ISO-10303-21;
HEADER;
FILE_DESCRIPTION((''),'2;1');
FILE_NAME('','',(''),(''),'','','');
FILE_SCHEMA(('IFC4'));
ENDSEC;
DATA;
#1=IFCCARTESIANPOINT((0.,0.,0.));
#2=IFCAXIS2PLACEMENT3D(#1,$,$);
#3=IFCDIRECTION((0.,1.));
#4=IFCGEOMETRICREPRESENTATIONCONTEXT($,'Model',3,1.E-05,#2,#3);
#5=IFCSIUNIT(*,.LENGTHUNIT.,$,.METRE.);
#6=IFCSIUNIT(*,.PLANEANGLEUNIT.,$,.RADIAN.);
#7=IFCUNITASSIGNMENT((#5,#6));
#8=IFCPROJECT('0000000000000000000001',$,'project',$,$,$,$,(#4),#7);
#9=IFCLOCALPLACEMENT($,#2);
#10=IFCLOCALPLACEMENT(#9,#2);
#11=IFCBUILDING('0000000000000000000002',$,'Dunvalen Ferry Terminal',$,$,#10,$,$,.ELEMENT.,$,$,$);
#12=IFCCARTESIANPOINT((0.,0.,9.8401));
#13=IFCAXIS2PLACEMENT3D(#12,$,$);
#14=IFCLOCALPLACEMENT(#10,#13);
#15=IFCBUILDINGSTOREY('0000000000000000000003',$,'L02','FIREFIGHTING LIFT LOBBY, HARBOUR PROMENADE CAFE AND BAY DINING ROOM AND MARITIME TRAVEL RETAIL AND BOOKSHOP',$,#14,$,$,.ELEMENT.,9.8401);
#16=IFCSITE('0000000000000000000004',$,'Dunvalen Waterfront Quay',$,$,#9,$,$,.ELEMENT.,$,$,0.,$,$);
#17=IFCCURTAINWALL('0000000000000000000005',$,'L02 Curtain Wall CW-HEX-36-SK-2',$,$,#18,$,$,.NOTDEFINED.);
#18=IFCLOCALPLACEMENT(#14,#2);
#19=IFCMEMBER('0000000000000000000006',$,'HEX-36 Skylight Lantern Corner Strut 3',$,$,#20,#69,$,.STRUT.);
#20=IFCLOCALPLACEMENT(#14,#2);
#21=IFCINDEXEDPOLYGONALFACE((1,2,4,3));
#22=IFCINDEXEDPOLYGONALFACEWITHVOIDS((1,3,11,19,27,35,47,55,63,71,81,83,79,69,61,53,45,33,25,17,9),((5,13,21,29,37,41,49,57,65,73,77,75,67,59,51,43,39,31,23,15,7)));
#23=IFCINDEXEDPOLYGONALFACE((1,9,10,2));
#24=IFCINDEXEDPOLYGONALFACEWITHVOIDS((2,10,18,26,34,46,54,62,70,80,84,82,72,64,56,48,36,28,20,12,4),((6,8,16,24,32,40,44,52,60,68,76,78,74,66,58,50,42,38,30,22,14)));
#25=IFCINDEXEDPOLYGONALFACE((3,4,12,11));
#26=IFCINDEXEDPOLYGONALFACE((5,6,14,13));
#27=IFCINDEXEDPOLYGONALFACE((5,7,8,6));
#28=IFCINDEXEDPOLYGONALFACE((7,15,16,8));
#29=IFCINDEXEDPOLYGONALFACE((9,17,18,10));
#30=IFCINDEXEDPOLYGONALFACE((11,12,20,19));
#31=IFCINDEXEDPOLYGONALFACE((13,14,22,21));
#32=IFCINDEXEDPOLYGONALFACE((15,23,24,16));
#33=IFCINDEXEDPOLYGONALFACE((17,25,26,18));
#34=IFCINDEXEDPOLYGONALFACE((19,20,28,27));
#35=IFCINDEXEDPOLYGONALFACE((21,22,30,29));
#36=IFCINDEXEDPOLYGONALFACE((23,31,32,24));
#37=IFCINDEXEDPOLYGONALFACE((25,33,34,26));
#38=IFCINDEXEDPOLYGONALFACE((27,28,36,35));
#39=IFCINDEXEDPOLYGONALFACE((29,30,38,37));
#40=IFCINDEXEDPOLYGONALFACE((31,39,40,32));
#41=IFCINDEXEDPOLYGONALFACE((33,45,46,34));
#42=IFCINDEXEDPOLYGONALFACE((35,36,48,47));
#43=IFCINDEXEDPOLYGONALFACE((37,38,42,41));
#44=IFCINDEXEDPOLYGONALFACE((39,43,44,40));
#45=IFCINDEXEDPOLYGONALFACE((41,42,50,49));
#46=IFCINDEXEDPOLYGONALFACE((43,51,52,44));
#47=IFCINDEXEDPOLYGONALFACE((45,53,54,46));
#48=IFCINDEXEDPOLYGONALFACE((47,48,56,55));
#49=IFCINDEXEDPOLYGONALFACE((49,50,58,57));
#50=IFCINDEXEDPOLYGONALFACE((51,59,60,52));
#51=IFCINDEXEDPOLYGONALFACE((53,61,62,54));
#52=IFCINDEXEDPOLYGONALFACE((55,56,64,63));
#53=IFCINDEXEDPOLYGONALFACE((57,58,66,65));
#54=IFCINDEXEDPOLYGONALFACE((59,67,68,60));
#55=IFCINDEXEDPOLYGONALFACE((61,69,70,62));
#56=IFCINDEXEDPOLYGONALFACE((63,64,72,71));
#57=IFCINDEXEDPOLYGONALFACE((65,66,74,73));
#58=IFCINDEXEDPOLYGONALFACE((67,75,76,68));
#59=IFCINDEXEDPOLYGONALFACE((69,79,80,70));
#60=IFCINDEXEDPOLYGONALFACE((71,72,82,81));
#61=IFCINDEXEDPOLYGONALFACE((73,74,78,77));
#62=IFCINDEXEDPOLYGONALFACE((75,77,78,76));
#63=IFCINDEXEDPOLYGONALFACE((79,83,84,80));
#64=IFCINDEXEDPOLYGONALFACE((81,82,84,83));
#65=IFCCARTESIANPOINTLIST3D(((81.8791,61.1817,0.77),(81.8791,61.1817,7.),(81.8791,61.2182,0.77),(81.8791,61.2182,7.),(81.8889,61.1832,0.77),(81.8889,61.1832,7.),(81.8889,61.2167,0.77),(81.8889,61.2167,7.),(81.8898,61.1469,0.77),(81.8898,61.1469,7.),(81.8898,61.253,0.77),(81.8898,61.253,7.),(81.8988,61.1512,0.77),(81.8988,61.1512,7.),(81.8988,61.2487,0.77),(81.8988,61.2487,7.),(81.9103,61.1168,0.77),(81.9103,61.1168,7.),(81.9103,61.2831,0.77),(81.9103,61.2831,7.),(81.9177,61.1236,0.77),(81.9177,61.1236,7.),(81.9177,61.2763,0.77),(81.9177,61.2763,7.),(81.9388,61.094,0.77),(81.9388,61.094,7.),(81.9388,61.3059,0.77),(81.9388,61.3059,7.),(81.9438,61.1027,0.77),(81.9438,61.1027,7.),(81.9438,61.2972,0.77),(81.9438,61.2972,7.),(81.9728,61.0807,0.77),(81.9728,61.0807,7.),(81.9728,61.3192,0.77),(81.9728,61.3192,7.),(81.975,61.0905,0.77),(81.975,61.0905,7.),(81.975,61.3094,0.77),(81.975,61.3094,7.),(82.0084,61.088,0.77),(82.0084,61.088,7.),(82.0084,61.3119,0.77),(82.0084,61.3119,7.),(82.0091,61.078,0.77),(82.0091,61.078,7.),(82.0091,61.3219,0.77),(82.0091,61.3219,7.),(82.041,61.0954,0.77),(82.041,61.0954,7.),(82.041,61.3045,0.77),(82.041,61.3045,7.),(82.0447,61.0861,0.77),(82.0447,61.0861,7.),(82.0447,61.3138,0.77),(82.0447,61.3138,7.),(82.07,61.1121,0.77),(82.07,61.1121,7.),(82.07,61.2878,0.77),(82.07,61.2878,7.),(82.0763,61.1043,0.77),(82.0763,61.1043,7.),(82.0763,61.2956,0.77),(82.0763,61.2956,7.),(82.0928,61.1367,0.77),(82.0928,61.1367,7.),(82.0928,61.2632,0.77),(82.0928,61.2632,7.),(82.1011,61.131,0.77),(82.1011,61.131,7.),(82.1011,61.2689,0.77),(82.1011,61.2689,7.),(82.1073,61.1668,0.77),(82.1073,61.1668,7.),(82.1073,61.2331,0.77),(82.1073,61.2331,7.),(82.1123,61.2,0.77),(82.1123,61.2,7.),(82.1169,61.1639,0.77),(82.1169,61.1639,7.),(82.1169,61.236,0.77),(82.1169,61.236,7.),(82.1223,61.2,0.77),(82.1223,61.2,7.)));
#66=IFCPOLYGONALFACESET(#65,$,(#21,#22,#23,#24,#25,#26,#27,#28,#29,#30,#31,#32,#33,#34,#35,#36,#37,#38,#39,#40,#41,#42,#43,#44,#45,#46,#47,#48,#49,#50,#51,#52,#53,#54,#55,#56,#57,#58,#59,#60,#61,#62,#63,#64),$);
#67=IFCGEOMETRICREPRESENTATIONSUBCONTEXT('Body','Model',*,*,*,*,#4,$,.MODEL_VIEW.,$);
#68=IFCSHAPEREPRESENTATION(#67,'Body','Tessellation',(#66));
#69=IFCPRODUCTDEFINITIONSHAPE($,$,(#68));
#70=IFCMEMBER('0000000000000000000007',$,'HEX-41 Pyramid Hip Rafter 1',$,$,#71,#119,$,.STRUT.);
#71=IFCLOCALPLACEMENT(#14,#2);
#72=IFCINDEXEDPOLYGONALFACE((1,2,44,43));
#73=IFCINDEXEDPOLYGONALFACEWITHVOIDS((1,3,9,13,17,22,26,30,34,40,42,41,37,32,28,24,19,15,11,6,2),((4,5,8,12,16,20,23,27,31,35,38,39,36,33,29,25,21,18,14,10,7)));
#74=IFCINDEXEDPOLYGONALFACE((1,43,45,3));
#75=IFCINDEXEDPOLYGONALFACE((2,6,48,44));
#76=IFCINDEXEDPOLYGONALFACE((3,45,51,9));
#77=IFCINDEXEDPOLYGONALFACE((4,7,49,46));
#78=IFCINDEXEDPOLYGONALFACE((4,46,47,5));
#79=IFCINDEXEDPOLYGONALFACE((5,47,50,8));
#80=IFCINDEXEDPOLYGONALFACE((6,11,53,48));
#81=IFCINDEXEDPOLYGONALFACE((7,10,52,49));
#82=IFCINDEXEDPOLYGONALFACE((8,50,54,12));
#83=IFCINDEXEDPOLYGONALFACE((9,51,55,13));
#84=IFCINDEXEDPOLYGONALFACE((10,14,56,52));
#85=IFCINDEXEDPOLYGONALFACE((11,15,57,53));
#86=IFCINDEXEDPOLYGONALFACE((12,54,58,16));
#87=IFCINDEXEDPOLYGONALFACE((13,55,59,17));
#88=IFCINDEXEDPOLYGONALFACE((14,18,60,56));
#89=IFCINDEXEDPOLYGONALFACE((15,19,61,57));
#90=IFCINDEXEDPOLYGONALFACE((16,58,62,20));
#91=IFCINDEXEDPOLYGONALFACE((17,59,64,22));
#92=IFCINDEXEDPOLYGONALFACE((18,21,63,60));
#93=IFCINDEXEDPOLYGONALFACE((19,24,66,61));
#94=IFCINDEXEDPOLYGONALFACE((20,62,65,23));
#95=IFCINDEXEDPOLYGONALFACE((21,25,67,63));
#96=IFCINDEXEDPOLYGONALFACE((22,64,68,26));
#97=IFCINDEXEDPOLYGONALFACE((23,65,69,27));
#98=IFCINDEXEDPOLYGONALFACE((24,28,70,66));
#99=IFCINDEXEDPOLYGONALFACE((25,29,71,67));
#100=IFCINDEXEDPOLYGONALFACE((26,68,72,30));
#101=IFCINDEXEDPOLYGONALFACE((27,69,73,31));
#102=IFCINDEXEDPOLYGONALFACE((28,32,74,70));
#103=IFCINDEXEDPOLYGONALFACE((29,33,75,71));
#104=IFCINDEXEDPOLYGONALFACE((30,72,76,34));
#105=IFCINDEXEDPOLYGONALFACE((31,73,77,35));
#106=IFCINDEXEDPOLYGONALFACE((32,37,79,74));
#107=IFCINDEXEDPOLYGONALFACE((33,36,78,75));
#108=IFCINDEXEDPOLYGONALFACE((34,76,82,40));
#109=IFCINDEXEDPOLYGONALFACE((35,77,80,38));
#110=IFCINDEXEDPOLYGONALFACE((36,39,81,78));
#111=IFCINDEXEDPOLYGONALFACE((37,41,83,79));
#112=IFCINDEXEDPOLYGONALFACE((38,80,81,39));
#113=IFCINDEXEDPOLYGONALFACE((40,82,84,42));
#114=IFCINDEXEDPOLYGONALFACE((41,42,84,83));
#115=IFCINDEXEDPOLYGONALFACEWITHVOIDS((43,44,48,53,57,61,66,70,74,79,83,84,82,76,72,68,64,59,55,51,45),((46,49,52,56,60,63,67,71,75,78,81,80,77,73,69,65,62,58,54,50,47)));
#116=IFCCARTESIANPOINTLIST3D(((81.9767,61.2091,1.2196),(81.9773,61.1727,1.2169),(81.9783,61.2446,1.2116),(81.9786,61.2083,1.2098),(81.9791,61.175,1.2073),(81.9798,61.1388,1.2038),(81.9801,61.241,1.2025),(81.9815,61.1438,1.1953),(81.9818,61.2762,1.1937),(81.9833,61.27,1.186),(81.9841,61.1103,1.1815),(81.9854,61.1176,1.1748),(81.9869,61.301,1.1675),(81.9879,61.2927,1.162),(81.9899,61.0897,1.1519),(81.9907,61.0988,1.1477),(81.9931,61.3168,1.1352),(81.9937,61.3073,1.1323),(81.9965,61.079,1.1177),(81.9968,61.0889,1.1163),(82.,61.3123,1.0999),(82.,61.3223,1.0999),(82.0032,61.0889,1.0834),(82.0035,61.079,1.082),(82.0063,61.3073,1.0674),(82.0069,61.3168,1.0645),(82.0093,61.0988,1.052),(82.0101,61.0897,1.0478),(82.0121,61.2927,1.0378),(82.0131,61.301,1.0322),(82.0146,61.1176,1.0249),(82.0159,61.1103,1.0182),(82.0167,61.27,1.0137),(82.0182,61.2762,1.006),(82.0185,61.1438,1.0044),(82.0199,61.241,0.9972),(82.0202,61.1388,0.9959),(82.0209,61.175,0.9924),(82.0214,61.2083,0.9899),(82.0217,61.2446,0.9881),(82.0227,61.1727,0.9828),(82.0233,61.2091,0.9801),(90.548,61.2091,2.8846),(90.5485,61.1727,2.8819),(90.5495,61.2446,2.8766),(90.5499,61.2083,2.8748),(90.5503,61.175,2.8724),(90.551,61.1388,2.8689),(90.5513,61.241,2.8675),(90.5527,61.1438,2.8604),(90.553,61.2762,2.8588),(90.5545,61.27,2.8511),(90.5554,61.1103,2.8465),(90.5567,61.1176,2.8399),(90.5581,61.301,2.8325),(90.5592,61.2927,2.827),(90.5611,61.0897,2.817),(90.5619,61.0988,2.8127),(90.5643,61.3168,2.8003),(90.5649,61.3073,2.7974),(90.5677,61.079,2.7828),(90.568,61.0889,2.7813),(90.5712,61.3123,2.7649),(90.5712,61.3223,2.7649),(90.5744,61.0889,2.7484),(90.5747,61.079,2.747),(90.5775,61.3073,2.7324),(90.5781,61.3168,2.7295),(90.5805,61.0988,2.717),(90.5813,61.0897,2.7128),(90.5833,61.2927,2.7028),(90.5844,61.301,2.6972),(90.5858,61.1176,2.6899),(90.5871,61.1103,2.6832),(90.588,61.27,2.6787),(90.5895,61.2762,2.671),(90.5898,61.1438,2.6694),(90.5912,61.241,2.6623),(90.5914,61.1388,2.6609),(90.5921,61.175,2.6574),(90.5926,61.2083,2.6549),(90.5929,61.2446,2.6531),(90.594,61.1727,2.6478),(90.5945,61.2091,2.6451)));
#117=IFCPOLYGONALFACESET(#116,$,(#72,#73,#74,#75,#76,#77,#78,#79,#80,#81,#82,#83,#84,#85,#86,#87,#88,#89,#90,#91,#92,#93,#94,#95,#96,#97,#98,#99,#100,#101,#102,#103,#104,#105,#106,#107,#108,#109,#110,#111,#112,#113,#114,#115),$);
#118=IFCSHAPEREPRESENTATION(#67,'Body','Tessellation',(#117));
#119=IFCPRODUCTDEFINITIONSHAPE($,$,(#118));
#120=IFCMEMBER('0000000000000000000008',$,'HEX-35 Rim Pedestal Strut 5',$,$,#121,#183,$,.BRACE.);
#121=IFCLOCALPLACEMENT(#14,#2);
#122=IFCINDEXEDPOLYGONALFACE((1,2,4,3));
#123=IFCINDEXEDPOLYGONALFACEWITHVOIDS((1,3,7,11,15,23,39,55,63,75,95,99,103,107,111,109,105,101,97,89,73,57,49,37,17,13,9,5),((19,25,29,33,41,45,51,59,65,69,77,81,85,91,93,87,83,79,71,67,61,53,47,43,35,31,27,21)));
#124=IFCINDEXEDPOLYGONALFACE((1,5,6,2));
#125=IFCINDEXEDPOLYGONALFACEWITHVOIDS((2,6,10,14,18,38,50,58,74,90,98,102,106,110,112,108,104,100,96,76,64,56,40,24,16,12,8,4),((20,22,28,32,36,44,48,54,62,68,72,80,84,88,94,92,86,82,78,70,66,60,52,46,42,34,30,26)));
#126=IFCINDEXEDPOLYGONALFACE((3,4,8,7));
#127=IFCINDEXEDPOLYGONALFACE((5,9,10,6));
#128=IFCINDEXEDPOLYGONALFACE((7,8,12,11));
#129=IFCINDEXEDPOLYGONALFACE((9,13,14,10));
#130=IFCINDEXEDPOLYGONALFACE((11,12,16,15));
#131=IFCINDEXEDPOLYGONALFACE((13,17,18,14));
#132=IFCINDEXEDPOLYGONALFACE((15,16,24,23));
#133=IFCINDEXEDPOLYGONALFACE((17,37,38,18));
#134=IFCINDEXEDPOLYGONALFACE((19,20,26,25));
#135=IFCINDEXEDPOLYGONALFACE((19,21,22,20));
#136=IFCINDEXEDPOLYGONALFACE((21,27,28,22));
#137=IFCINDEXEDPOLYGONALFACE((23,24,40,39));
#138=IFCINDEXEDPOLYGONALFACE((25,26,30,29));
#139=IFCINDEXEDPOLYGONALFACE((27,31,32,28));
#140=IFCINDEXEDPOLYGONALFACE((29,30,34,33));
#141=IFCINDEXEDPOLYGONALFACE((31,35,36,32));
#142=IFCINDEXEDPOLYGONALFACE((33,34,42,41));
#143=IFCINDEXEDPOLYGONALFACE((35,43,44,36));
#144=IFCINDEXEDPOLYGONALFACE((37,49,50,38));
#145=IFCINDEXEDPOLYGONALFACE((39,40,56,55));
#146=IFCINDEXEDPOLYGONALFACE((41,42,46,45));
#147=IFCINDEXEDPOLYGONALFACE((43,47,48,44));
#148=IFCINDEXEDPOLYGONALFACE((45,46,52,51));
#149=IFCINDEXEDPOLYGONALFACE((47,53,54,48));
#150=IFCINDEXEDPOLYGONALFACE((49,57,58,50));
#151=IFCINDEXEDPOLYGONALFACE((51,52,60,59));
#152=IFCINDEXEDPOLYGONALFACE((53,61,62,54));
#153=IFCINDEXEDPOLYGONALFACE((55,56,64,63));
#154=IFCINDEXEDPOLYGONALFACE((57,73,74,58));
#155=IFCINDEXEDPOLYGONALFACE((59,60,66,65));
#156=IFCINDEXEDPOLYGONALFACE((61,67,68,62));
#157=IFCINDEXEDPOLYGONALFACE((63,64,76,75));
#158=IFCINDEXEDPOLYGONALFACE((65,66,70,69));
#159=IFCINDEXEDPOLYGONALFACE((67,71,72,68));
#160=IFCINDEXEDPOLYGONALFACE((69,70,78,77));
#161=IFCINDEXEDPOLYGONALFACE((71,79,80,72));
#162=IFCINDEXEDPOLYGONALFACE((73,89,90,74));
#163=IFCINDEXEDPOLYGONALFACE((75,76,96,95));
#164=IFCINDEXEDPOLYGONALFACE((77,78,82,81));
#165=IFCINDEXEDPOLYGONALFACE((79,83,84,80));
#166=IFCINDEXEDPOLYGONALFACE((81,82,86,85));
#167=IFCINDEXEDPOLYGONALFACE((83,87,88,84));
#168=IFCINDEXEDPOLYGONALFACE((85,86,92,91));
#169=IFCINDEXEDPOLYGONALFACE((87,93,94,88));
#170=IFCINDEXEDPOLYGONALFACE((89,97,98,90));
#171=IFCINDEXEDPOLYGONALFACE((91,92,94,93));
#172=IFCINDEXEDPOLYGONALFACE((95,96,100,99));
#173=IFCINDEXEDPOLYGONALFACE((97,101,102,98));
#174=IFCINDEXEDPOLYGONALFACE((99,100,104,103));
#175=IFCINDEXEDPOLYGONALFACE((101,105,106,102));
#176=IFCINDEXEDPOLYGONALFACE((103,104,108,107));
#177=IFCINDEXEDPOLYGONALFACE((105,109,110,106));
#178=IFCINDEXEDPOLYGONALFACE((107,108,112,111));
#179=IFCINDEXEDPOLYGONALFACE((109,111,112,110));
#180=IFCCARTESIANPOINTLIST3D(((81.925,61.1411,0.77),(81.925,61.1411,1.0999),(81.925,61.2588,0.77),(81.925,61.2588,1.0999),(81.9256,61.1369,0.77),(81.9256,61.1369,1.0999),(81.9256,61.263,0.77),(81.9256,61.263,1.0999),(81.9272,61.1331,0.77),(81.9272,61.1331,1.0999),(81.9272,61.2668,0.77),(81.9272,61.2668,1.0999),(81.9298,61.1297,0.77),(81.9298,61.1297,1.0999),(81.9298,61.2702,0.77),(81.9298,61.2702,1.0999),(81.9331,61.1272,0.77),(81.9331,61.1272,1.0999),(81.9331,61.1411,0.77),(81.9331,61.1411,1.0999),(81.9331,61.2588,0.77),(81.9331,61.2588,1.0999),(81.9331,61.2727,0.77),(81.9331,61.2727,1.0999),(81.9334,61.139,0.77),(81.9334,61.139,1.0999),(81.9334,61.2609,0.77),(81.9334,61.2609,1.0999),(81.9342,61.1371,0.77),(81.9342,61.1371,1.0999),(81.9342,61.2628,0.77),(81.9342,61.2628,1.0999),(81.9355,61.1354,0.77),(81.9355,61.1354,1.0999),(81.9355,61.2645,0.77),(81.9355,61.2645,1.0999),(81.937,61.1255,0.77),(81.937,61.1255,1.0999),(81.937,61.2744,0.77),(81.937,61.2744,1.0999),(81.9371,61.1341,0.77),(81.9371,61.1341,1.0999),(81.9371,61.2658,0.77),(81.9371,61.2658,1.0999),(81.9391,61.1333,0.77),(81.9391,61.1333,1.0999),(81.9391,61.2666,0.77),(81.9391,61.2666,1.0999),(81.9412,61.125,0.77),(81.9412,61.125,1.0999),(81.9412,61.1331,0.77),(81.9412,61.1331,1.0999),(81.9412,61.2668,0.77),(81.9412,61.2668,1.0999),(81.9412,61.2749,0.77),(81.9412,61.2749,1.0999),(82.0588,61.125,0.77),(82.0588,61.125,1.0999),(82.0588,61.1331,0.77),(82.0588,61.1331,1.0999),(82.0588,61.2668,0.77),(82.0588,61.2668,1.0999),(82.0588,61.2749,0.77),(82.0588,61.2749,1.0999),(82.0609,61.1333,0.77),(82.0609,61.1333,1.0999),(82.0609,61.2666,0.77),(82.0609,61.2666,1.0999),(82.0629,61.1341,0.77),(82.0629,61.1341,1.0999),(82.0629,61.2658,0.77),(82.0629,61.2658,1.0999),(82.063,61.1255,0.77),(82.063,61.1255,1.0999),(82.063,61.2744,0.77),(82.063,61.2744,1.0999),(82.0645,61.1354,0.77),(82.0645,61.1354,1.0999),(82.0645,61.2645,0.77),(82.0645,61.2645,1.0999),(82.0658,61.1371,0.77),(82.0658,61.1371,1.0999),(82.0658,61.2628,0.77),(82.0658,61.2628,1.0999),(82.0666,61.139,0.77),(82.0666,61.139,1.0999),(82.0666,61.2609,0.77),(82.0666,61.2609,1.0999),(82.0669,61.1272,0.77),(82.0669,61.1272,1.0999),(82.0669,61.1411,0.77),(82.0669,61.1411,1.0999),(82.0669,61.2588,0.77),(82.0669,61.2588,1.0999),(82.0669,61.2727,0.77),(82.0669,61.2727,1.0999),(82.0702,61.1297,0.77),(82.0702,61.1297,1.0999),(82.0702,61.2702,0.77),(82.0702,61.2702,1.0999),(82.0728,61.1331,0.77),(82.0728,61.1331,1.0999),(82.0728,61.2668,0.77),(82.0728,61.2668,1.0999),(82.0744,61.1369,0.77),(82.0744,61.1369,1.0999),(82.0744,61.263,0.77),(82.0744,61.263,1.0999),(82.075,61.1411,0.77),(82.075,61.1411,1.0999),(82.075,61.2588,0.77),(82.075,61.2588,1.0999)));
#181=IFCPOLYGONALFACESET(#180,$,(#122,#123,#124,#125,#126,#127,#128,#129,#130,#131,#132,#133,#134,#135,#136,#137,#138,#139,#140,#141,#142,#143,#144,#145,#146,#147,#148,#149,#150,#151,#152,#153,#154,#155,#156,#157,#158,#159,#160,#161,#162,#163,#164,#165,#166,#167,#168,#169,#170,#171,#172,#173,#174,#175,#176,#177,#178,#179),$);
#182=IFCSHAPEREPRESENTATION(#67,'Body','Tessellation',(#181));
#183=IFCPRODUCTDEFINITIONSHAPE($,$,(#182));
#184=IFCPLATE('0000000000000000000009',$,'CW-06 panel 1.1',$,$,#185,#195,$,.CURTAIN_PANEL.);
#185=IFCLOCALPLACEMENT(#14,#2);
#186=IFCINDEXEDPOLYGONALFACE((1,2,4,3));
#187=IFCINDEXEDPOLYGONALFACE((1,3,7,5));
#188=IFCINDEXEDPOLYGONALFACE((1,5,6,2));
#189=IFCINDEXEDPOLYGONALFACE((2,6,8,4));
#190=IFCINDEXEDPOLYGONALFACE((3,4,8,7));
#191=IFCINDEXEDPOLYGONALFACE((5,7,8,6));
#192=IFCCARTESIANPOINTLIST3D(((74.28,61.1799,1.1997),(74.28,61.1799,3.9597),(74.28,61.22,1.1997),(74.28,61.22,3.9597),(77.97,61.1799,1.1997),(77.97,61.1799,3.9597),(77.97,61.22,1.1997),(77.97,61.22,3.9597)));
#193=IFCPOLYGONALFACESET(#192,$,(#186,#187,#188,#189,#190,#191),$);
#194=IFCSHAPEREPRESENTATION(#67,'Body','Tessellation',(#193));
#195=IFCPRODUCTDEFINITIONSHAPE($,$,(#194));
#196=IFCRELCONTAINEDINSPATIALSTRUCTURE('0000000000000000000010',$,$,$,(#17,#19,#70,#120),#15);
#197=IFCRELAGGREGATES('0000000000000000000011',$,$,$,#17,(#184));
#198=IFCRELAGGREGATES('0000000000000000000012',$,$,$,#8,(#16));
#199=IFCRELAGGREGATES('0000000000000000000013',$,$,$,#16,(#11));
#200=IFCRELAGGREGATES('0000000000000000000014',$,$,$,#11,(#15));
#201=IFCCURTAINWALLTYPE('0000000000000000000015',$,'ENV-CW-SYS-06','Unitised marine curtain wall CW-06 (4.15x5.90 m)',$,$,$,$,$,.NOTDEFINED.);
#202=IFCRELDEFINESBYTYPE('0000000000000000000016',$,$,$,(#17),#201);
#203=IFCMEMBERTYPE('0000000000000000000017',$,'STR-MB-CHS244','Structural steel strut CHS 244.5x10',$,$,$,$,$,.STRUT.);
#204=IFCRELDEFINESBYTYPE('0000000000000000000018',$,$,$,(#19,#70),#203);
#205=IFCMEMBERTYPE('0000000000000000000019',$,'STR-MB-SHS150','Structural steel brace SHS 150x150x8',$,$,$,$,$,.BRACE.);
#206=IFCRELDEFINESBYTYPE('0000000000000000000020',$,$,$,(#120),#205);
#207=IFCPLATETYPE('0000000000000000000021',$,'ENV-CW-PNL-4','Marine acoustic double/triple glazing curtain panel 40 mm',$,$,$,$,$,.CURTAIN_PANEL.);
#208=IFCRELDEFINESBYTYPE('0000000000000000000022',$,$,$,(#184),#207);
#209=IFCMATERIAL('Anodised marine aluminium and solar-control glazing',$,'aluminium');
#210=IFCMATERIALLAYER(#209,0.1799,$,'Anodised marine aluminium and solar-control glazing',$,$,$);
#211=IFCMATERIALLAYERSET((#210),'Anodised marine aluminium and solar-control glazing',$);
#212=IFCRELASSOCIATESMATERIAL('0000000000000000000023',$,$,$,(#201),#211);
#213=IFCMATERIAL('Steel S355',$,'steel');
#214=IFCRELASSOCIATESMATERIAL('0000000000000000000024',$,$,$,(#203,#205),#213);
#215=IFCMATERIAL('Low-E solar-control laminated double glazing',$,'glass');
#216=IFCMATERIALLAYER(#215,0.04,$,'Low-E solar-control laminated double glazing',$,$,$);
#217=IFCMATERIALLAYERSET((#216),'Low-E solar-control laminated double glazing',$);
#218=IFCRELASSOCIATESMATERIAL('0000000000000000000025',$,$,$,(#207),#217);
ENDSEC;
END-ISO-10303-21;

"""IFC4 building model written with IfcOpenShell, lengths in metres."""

from ifc_helpers import new_model, si_unit, direction, frame, origin, origin_2d, place, context, subcontext, project, spatial, rectangle, hollow_rectangle, hollow_circle, extrude, material, layer, layer_set, material_profile, profile_set, type_object, element, aggregate, save


model = new_model("IFC4")

# Units and contexts
model_context = context("Model", 3, precision=1e-05, world=origin(), true_north=direction((0.0, 1.0)))
body_context = subcontext(model_context, "Body", "Model", "MODEL_VIEW")
ifc_project = project(units=[si_unit("LENGTHUNIT", "METRE"), si_unit("PLANEANGLEUNIT", "RADIAN")], contexts=[model_context])

# Site, building, storey
site_placement = place(None, origin())
site = spatial("IfcSite", under=ifc_project, at=site_placement, Name="Dunvalen Waterfront Quay", CompositionType="ELEMENT", RefElevation=0.0)
building_placement = place(site_placement, origin())
building = spatial("IfcBuilding", under=site, at=building_placement, Name="Dunvalen Ferry Terminal", CompositionType="ELEMENT")
storey_placement = place(building_placement, frame((0.0, 0.0, 9.8401)))
storey = spatial("IfcBuildingStorey", under=building, at=storey_placement, Name="L02", Description="FIREFIGHTING LIFT LOBBY, HARBOUR PROMENADE CAFE AND BAY DINING ROOM AND MARITIME TRAVEL RETAIL AND BOOKSHOP", CompositionType="ELEMENT", Elevation=9.8401)

# Curtain wall
ifc_material_1 = material(Name="Anodised marine aluminium and solar-control glazing", Category="aluminium")
ifc_layer_1 = layer(ifc_material_1, 0.1799, Name="Anodised marine aluminium and solar-control glazing")
ifc_layer_set_1 = layer_set([ifc_layer_1], Name="Anodised marine aluminium and solar-control glazing")
curtain_wall_type = type_object("IfcCurtainWallType", Name="ENV-CW-SYS-06", Description="Unitised marine curtain wall CW-06 (4.15x5.90 m)", PredefinedType="NOTDEFINED", material=ifc_layer_set_1)
curtain_wall_placement = place(storey_placement, origin())
curtain_wall = element("IfcCurtainWall", 1, at=curtain_wall_placement, inside=storey, type_object=curtain_wall_type, Name="L02 Curtain Wall CW-HEX-36-SK-2", PredefinedType="NOTDEFINED")

# Shared definitions
ifc_material_2 = material(Name="Steel S355", Category="steel")

# Members
ifc_material_profile_1 = material_profile(ifc_material_2, hollow_circle(Radius=0.1223, WallThickness=0.01, at=origin_2d()), Name="Steel S355")
ifc_profile_set_1 = profile_set([ifc_material_profile_1], Name="Steel S355")
member_type_1 = type_object("IfcMemberType", Name="STR-MB-CHS244", Description="Structural steel strut CHS 244.5x10", PredefinedType="STRUT", material=ifc_profile_set_1)
member_1_placement = place(storey_placement, frame((82.0, 61.2, 0.77), z_axis=(0.0, 0.0, 1.0), x_axis=(1.0, 0.0, 0.0)))
element("IfcMember", 2, at=member_1_placement, inside=storey, type_object=member_type_1, Name="HEX-36 Skylight Lantern Corner Strut 3", PredefinedType="STRUT", context=body_context, shape_type="SweptSolid", body=[
    extrude(hollow_circle(Radius=0.1223, WallThickness=0.01, at=origin_2d()), origin(), (0.0, 0.0, 1.0), 6.23),
])
member_2_placement = place(storey_placement, frame((82.0, 61.2, 1.0999), z_axis=(0.98165, 0.0, 0.190693), x_axis=(0.0, 1.0, 0.0)))
element("IfcMember", 3, at=member_2_placement, inside=storey, type_object=member_type_1, Name="HEX-41 Pyramid Hip Rafter 1", PredefinedType="STRUT", context=body_context, shape_type="SweptSolid", body=[
    extrude(hollow_circle(Radius=0.1223, WallThickness=0.01, at=origin_2d()), origin(), (0.0, 0.0, 1.0), 8.7314),
])
ifc_material_profile_2 = material_profile(ifc_material_2, hollow_rectangle(XDim=0.1499, YDim=0.1499, WallThickness=0.0081, InnerFilletRadius=0.0081, OuterFilletRadius=0.0161, at=origin_2d()), Name="Steel S355")
ifc_profile_set_2 = profile_set([ifc_material_profile_2], Name="Steel S355")
member_type_2 = type_object("IfcMemberType", Name="STR-MB-SHS150", Description="Structural steel brace SHS 150x150x8", PredefinedType="BRACE", material=ifc_profile_set_2)
member_3_placement = place(storey_placement, frame((82.0, 61.2, 0.77), z_axis=(0.0, 0.0, 1.0), x_axis=(1.0, 0.0, 0.0)))
element("IfcMember", 4, at=member_3_placement, inside=storey, type_object=member_type_2, Name="HEX-35 Rim Pedestal Strut 5", PredefinedType="BRACE", context=body_context, shape_type="SweptSolid", body=[
    extrude(hollow_rectangle(XDim=0.1499, YDim=0.1499, WallThickness=0.0081, InnerFilletRadius=0.0081, OuterFilletRadius=0.0161, at=origin_2d()), origin(), (0.0, 0.0, 1.0), 0.3298),
])

# Plate
ifc_material_3 = material(Name="Low-E solar-control laminated double glazing", Category="glass")
ifc_layer_2 = layer(ifc_material_3, 0.04, Name="Low-E solar-control laminated double glazing")
ifc_layer_set_2 = layer_set([ifc_layer_2], Name="Low-E solar-control laminated double glazing")
plate_type_1 = type_object("IfcPlateType", Name="ENV-CW-PNL-4", Description="Marine acoustic double/triple glazing curtain panel 40 mm", PredefinedType="CURTAIN_PANEL", material=ifc_layer_set_2)
plate_1_placement = place(storey_placement, frame((76.125, 61.2, 1.1997), z_axis=(0.0, 0.0, 1.0), x_axis=(1.0, 0.0, 0.0)))
plate_1 = element("IfcPlate", 5, at=plate_1_placement, type_object=plate_type_1, Name="CW-06 panel 1.1", PredefinedType="CURTAIN_PANEL", context=body_context, shape_type="SweptSolid", body=[
    extrude(rectangle(XDim=3.6899, YDim=0.04, at=origin_2d()), origin(), (0.0, 0.0, 1.0), 2.76),
])
aggregate(curtain_wall, [plate_1])

save(model, "model.ifc")
